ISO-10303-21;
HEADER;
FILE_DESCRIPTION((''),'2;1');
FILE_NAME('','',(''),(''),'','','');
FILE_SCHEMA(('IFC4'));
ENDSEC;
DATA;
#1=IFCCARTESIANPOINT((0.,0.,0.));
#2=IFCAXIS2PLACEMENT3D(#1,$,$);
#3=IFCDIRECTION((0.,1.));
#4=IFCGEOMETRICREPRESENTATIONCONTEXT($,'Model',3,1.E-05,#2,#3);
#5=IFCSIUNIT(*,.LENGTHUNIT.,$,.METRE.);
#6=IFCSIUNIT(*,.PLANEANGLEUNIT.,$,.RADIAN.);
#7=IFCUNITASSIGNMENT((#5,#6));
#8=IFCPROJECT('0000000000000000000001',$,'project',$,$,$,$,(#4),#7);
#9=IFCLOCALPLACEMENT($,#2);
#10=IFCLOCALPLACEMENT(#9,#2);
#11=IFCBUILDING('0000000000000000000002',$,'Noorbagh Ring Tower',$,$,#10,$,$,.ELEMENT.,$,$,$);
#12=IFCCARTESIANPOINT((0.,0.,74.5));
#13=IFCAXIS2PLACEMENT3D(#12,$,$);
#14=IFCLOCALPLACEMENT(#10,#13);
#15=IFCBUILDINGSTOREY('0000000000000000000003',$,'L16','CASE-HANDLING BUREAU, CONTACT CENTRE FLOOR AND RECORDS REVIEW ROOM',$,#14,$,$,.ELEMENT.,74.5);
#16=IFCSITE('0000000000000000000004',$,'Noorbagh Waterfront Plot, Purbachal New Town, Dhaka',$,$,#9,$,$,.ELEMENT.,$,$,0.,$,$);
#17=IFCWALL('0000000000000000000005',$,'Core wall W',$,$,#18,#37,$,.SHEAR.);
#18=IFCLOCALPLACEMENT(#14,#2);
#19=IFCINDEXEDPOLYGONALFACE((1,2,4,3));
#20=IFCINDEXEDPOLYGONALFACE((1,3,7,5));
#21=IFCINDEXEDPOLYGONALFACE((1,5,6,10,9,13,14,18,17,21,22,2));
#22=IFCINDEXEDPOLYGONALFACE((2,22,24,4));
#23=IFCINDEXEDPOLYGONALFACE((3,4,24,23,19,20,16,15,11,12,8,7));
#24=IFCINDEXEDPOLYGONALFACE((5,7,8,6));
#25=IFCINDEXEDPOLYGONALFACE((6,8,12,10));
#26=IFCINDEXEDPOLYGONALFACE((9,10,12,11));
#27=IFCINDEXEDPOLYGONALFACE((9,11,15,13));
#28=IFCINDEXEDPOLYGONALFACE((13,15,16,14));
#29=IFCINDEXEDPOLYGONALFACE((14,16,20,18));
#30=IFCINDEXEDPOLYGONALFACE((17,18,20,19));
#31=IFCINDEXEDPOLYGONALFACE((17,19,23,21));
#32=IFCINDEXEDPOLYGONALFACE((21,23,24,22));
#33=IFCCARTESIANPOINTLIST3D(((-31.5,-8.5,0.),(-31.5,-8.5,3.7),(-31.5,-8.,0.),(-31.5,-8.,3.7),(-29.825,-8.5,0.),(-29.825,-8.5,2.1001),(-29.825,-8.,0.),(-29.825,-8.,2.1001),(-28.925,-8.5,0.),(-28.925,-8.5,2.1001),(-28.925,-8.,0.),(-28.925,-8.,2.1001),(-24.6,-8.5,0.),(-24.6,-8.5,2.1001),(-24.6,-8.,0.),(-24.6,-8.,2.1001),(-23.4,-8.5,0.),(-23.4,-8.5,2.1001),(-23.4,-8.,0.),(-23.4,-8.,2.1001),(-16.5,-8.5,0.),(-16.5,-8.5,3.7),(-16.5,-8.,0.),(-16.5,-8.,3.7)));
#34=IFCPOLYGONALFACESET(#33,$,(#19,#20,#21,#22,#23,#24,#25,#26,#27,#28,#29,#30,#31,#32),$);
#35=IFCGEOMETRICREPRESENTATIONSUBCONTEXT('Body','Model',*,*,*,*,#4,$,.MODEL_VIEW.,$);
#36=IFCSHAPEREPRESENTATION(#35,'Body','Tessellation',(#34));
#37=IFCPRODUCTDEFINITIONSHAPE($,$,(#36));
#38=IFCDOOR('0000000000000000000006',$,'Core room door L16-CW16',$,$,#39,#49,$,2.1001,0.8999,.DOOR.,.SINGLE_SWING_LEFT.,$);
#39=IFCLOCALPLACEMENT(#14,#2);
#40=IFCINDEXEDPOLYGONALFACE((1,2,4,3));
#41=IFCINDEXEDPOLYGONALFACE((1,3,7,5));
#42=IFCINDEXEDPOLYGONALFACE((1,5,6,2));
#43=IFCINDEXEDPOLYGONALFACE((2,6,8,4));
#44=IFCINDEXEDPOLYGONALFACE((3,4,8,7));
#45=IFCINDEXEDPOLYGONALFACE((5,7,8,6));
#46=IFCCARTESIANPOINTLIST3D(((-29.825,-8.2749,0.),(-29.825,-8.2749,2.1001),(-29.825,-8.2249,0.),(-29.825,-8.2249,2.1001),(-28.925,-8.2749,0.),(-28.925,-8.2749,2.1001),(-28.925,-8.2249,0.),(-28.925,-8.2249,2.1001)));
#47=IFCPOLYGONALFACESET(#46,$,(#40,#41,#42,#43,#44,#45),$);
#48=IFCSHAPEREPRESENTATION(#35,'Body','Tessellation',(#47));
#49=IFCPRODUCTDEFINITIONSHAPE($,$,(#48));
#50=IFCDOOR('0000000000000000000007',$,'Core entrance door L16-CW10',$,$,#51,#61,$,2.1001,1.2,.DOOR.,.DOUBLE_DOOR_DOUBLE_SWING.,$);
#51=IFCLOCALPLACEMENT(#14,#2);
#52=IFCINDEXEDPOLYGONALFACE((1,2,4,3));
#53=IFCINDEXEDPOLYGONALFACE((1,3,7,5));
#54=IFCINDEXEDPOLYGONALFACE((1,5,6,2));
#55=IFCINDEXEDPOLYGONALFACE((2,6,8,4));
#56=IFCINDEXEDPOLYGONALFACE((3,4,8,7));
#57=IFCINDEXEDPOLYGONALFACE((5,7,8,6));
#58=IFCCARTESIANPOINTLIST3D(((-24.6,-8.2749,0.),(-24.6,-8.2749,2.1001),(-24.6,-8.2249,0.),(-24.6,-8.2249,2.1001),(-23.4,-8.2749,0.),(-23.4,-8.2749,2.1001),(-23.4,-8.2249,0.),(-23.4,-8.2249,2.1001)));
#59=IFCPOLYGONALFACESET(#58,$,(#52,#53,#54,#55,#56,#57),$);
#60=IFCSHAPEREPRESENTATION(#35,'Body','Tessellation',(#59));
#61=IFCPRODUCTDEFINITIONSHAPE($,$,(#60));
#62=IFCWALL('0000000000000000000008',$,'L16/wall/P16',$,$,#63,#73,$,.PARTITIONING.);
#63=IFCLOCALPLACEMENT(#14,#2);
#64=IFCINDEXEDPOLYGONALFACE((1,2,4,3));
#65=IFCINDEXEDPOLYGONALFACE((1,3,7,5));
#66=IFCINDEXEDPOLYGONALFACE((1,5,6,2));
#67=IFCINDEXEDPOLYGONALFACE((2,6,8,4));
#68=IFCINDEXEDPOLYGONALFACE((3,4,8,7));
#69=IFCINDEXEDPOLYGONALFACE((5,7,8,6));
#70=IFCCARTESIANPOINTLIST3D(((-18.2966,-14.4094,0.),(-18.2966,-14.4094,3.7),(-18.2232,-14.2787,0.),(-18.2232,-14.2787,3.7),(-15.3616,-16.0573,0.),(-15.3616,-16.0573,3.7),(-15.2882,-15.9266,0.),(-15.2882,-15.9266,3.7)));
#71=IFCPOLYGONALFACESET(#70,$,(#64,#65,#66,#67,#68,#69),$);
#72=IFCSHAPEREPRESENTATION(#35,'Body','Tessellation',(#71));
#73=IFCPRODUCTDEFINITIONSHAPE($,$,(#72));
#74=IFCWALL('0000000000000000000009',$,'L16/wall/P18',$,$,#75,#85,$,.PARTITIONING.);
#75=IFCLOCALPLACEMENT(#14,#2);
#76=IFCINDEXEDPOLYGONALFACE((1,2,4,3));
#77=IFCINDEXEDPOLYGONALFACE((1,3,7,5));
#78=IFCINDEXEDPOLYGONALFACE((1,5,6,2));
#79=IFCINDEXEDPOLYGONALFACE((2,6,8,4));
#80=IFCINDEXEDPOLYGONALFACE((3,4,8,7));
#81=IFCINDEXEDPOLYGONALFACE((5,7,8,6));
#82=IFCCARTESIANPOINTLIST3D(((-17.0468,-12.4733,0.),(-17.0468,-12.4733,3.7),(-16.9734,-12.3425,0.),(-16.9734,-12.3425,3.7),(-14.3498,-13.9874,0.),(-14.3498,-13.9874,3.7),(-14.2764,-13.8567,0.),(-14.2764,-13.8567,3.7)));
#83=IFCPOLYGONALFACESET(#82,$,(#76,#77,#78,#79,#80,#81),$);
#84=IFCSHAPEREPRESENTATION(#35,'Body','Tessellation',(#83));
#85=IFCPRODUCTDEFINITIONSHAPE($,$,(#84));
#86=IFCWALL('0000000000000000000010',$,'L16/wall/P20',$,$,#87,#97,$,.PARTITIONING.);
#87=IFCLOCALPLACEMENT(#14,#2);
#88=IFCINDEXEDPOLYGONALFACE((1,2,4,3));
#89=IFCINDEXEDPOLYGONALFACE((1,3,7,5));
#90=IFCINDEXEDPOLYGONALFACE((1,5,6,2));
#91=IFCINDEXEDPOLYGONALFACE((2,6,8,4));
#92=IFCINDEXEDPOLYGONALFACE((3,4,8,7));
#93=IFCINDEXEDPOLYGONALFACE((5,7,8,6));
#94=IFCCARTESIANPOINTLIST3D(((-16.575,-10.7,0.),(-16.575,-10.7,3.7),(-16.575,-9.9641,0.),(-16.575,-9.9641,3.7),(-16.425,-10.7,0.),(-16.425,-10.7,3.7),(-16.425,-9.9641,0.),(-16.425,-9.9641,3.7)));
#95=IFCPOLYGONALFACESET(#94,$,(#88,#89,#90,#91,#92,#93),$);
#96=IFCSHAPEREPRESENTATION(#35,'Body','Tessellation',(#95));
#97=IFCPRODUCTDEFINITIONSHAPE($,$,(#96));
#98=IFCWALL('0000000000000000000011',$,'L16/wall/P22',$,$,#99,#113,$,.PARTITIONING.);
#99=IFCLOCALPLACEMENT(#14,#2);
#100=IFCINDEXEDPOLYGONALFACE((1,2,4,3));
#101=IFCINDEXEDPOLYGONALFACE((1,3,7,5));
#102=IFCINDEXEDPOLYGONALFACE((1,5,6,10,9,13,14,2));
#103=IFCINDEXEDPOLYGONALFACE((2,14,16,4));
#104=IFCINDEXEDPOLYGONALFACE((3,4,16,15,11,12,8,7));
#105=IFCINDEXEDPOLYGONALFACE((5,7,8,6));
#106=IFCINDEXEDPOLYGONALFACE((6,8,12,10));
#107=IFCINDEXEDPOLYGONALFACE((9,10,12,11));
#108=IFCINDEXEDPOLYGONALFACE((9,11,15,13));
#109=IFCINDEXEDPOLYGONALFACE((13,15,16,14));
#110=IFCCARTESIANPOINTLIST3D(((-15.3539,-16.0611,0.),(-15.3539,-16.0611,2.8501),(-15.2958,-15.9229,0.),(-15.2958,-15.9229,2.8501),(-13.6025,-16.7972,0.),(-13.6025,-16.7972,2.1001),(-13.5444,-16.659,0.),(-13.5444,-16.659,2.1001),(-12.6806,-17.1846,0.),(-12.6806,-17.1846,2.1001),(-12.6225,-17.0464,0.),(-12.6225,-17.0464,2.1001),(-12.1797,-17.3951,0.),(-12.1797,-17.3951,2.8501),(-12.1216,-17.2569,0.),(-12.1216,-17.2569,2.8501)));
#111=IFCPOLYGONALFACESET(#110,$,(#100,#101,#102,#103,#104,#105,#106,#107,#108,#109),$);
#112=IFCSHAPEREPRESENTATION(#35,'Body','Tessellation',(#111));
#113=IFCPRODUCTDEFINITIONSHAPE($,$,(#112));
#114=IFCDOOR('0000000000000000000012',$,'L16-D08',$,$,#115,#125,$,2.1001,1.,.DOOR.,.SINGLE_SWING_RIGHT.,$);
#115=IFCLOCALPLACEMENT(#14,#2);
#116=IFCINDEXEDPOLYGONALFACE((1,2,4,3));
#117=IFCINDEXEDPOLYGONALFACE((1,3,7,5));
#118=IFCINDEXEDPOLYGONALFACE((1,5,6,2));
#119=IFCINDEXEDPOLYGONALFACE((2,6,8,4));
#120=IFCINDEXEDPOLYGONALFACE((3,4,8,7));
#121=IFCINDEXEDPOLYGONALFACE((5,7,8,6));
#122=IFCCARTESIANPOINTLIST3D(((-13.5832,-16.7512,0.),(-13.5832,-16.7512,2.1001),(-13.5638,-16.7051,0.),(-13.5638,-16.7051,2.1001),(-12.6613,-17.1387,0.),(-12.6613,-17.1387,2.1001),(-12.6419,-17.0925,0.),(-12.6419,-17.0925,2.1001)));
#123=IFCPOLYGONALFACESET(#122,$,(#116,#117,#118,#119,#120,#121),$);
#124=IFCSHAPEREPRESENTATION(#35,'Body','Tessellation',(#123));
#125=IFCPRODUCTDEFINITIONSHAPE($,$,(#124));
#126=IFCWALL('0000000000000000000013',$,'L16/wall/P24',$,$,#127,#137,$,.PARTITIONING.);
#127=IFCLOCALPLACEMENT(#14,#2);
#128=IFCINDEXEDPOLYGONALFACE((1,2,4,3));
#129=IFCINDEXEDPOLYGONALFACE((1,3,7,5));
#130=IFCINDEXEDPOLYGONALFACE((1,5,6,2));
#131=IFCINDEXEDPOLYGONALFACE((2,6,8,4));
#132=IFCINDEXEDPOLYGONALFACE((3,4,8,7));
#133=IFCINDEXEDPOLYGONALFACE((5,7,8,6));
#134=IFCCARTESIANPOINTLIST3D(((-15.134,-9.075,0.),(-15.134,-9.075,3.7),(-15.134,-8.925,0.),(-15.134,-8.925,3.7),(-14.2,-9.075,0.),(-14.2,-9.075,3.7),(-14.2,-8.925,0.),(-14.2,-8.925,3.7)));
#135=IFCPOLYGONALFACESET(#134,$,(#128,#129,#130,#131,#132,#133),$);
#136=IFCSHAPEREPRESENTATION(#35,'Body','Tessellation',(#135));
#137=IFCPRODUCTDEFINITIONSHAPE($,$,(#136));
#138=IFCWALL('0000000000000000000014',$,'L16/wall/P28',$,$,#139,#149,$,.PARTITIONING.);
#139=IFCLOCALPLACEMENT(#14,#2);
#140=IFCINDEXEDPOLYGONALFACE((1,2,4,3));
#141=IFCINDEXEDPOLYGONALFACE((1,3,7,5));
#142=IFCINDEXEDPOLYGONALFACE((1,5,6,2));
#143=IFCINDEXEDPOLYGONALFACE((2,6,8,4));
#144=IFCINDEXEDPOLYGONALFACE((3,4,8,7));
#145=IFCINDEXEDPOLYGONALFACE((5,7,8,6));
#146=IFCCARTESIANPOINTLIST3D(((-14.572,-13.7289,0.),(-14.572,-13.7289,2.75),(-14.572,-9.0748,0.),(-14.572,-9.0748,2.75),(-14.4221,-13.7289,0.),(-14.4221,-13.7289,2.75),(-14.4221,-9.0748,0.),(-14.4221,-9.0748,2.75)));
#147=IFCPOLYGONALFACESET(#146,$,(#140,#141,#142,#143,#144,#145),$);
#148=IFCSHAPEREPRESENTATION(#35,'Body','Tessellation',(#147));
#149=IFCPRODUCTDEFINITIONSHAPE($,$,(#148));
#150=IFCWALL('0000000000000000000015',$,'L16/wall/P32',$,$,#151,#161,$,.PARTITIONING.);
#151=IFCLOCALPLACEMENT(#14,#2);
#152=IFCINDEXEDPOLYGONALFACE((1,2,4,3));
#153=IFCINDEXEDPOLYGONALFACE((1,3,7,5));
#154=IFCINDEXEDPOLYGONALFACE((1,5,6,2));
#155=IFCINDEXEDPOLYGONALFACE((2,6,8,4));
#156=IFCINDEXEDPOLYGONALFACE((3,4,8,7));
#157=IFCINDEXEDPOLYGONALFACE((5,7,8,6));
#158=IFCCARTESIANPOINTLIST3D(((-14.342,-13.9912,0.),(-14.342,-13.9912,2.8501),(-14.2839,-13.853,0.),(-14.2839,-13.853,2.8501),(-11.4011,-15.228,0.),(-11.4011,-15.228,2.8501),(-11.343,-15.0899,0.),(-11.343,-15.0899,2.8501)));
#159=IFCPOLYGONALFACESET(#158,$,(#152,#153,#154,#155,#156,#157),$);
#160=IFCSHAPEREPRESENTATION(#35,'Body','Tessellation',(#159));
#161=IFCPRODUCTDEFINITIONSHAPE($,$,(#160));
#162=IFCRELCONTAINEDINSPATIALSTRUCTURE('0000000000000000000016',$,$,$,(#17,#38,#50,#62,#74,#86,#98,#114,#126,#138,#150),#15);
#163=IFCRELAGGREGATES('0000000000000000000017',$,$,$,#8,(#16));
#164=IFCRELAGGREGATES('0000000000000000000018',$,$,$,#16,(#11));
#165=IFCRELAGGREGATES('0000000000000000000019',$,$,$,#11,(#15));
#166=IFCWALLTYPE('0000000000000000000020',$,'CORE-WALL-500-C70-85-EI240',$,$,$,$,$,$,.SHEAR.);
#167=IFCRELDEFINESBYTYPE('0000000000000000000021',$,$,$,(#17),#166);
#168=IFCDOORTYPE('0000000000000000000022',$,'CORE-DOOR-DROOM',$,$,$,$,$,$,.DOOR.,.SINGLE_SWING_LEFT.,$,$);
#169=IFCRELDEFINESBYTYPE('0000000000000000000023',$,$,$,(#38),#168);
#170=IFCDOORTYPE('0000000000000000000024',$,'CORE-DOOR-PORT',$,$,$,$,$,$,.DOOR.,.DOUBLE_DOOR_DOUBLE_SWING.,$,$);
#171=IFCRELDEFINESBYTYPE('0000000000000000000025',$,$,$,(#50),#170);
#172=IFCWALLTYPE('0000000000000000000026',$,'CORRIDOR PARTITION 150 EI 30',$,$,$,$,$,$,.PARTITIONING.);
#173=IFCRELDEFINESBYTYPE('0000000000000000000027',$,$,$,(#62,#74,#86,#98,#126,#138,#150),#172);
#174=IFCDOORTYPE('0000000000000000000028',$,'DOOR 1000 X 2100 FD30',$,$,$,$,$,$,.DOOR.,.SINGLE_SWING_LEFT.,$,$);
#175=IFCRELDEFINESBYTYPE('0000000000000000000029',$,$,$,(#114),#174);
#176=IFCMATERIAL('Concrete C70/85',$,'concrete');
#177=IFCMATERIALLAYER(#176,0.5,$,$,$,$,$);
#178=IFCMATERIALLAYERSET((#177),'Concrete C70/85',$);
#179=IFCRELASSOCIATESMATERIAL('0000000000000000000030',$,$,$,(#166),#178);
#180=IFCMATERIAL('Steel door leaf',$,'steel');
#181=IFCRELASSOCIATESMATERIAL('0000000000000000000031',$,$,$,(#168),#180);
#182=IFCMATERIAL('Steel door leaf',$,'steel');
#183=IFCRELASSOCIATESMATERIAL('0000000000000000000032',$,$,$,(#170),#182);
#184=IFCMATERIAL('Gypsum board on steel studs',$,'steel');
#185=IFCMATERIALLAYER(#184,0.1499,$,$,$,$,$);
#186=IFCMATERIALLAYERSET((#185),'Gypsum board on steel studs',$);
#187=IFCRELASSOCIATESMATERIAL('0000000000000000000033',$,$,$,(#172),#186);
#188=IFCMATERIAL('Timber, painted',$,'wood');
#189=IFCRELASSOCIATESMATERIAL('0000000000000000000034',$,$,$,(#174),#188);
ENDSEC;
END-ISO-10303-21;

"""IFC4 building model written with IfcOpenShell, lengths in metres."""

from ifc_helpers import new_model, si_unit, direction, frame, frame_2d, origin, place, context, subcontext, project, spatial, rectangle, extrude, material, layer, layer_set, type_object, element, fill, save


model = new_model("IFC4")

# Units and contexts
model_context = context("Model", 3, precision=1e-05, world=origin(), true_north=direction((0.0, 1.0)))
body_context = subcontext(model_context, "Body", "Model", "MODEL_VIEW")
ifc_project = project(units=[si_unit("LENGTHUNIT", "METRE"), si_unit("PLANEANGLEUNIT", "RADIAN")], contexts=[model_context])

# Site, building, storey
site_placement = place(None, origin())
site = spatial("IfcSite", under=ifc_project, at=site_placement, Name="Noorbagh Waterfront Plot, Purbachal New Town, Dhaka", CompositionType="ELEMENT", RefElevation=0.0)
building_placement = place(site_placement, origin())
building = spatial("IfcBuilding", under=site, at=building_placement, Name="Noorbagh Ring Tower", CompositionType="ELEMENT")
storey_placement = place(building_placement, frame((0.0, 0.0, 74.5)))
storey = spatial("IfcBuildingStorey", under=building, at=storey_placement, Name="L16", Description="CASE-HANDLING BUREAU, CONTACT CENTRE FLOOR AND RECORDS REVIEW ROOM", CompositionType="ELEMENT", Elevation=74.5)

# Wall, openings, doors
ifc_material_1 = material(Name="Concrete C70/85", Category="concrete")
ifc_layer_1 = layer(ifc_material_1, 0.5)
ifc_layer_set_1 = layer_set([ifc_layer_1], Name="Concrete C70/85")
wall_type_1 = type_object("IfcWallType", Name="CORE-WALL-500-C70-85-EI240", PredefinedType="SHEAR", material=ifc_layer_set_1)
wall_1_placement = place(storey_placement, frame((-16.5, -8.25, 0.0), z_axis=(0.0, 0.0, 1.0), x_axis=(-1.0, 0.0, 0.0)))
wall_1 = element("IfcWall", 1, at=wall_1_placement, inside=storey, type_object=wall_type_1, Name="Core wall W", PredefinedType="SHEAR", context=body_context, shape_type="SweptSolid", body=[
    extrude(rectangle(XDim=15.0, YDim=0.5, at=frame_2d((7.5, 0.0))), origin(), (0.0, 0.0, 1.0), 3.7),
])
opening_1_placement = place(wall_1_placement, frame((6.8999, 0.0, 0.0)))
opening_1 = element("IfcOpeningElement", 2, at=opening_1_placement, cuts=wall_1, PredefinedType="OPENING", context=body_context, shape_type="SweptSolid", body=[
    extrude(rectangle(XDim=1.2, YDim=2.1001, at=frame_2d((0.6001, 1.05))), frame((0.0, 0.26, 0.0), z_axis=(0.0, -1.0, 0.0), x_axis=(1.0, 0.0, 0.0)), (0.0, 0.0, 1.0), 0.52),
])
opening_2_placement = place(wall_1_placement, frame((12.425, 0.0, 0.0)))
opening_2 = element("IfcOpeningElement", 3, at=opening_2_placement, cuts=wall_1, PredefinedType="OPENING", context=body_context, shape_type="SweptSolid", body=[
    extrude(rectangle(XDim=0.8999, YDim=2.1001, at=frame_2d((0.45, 1.05))), frame((0.0, 0.26, 0.0), z_axis=(0.0, -1.0, 0.0), x_axis=(1.0, 0.0, 0.0)), (0.0, 0.0, 1.0), 0.52),
])
ifc_material_2 = material(Name="Steel door leaf", Category="steel")
door_type_1 = type_object("IfcDoorType", Name="CORE-DOOR-DROOM", OperationType="SINGLE_SWING_LEFT", PredefinedType="DOOR", material=ifc_material_2)
door_1_placement = place(opening_2_placement, origin())
door_1 = element("IfcDoor", 4, at=door_1_placement, inside=storey, type_object=door_type_1, Name="Core room door L16-CW16", OperationType="SINGLE_SWING_LEFT", OverallHeight=2.1001, OverallWidth=0.8999, PredefinedType="DOOR", context=body_context, shape_type="SweptSolid", body=[
    extrude(rectangle(XDim=0.8999, YDim=2.1001, at=frame_2d((0.45, 1.05))), frame((0.0, 0.0249, 0.0), z_axis=(0.0, -1.0, 0.0), x_axis=(1.0, 0.0, 0.0)), (0.0, 0.0, 1.0), 0.05),
])
fill(opening_2, door_1)
ifc_material_3 = material(Name="Steel door leaf", Category="steel")
door_type_2 = type_object("IfcDoorType", Name="CORE-DOOR-PORT", OperationType="DOUBLE_DOOR_DOUBLE_SWING", PredefinedType="DOOR", material=ifc_material_3)
door_2_placement = place(opening_1_placement, origin())
door_2 = element("IfcDoor", 5, at=door_2_placement, inside=storey, type_object=door_type_2, Name="Core entrance door L16-CW10", OperationType="DOUBLE_DOOR_DOUBLE_SWING", OverallHeight=2.1001, OverallWidth=1.2, PredefinedType="DOOR", context=body_context, shape_type="SweptSolid", body=[
    extrude(rectangle(XDim=1.2, YDim=2.1001, at=frame_2d((0.6001, 1.05))), frame((0.0, 0.0249, 0.0), z_axis=(0.0, -1.0, 0.0), x_axis=(1.0, 0.0, 0.0)), (0.0, 0.0, 1.0), 0.05),
])
fill(opening_1, door_2)

# Walls
ifc_material_4 = material(Name="Gypsum board on steel studs", Category="steel")
ifc_layer_2 = layer(ifc_material_4, 0.1499)
ifc_layer_set_2 = layer_set([ifc_layer_2], Name="Gypsum board on steel studs")
wall_type_2 = type_object("IfcWallType", Name="CORRIDOR PARTITION 150 EI 30", PredefinedType="PARTITIONING", material=ifc_layer_set_2)
wall_2_placement = place(storey_placement, frame((-18.26, -14.344, 0.0), z_axis=(0.0, 0.0, 1.0), x_axis=(0.871959, -0.489579, 0.0)))
element("IfcWall", 6, at=wall_2_placement, inside=storey, type_object=wall_type_2, Name="L16/wall/P16", PredefinedType="PARTITIONING", context=body_context, shape_type="SweptSolid", body=[
    extrude(rectangle(XDim=3.366, YDim=0.1499, at=frame_2d((1.6831, 0.0))), origin(), (0.0, 0.0, 1.0), 3.7),
])
wall_3_placement = place(storey_placement, frame((-17.01, -12.408, 0.0), z_axis=(0.0, 0.0, 1.0), x_axis=(0.871978, -0.489545, 0.0)))
element("IfcWall", 7, at=wall_3_placement, inside=storey, type_object=wall_type_2, Name="L16/wall/P18", PredefinedType="PARTITIONING", context=body_context, shape_type="SweptSolid", body=[
    extrude(rectangle(XDim=3.093, YDim=0.1499, at=frame_2d((1.5464, 0.0))), origin(), (0.0, 0.0, 1.0), 3.7),
])
wall_4_placement = place(storey_placement, frame((-16.5, -10.7, 0.0), z_axis=(0.0, 0.0, 1.0), x_axis=(0.0, 1.0, 0.0)))
element("IfcWall", 8, at=wall_4_placement, inside=storey, type_object=wall_type_2, Name="L16/wall/P20", PredefinedType="PARTITIONING", context=body_context, shape_type="SweptSolid", body=[
    extrude(rectangle(XDim=0.7358, YDim=0.1499, at=frame_2d((0.3679, 0.0))), origin(), (0.0, 0.0, 1.0), 3.7),
])

# Wall, opening, door
wall_5_placement = place(storey_placement, frame((-15.325, -15.9919, 0.0), z_axis=(0.0, 0.0, 1.0), x_axis=(0.921891, -0.387448, 0.0)))
wall_5 = element("IfcWall", 9, at=wall_5_placement, inside=storey, type_object=wall_type_2, Name="L16/wall/P22", PredefinedType="PARTITIONING", context=body_context, shape_type="SweptSolid", body=[
    extrude(rectangle(XDim=3.4431, YDim=0.1499, at=frame_2d((1.7217, 0.0))), origin(), (0.0, 0.0, 1.0), 2.8501),
])
opening_3_placement = place(wall_5_placement, frame((1.8999, 0.0, 0.0)))
opening_3 = element("IfcOpeningElement", 10, at=opening_3_placement, cuts=wall_5, PredefinedType="OPENING", context=body_context, shape_type="SweptSolid", body=[
    extrude(rectangle(XDim=1.0, YDim=2.1001, at=frame_2d((0.5, 1.05))), frame((0.0, 0.085, 0.0), z_axis=(0.0, -1.0, 0.0), x_axis=(1.0, 0.0, 0.0)), (0.0, 0.0, 1.0), 0.1699),
])
ifc_material_5 = material(Name="Timber, painted", Category="wood")
door_type_3 = type_object("IfcDoorType", Name="DOOR 1000 X 2100 FD30", OperationType="SINGLE_SWING_LEFT", PredefinedType="DOOR", material=ifc_material_5)
door_3_placement = place(opening_3_placement, origin())
door_3 = element("IfcDoor", 11, at=door_3_placement, inside=storey, type_object=door_type_3, Name="L16-D08", OperationType="SINGLE_SWING_RIGHT", OverallHeight=2.1001, OverallWidth=1.0, PredefinedType="DOOR", context=body_context, shape_type="SweptSolid", body=[
    extrude(rectangle(XDim=1.0, YDim=2.1001, at=frame_2d((0.5, 1.05))), frame((0.0, 0.0249, 0.0), z_axis=(0.0, -1.0, 0.0), x_axis=(1.0, 0.0, 0.0)), (0.0, 0.0, 1.0), 0.05),
])
fill(opening_3, door_3)

# Walls
wall_6_placement = place(storey_placement, frame((-15.134, -9.0, 0.0), z_axis=(0.0, 0.0, 1.0), x_axis=(1.0, 0.0, 0.0)))
element("IfcWall", 12, at=wall_6_placement, inside=storey, type_object=wall_type_2, Name="L16/wall/P24", PredefinedType="PARTITIONING", context=body_context, shape_type="SweptSolid", body=[
    extrude(rectangle(XDim=0.9341, YDim=0.1499, at=frame_2d((0.467, 0.0))), origin(), (0.0, 0.0, 1.0), 3.7),
])
wall_7_placement = place(storey_placement, frame((-14.4971, -13.729, 0.0), z_axis=(0.0, 0.0, 1.0), x_axis=(0.0, 1.0, 0.0)))
element("IfcWall", 13, at=wall_7_placement, inside=storey, type_object=wall_type_2, Name="L16/wall/P28", PredefinedType="PARTITIONING", context=body_context, shape_type="SweptSolid", body=[
    extrude(rectangle(XDim=4.6541, YDim=0.1499, at=frame_2d((2.3271, 0.0))), origin(), (0.0, 0.0, 1.0), 2.75),
])
wall_8_placement = place(storey_placement, frame((-14.313, -13.9221, 0.0), z_axis=(0.0, 0.0, 1.0), x_axis=(0.9218, -0.387667, 0.0)))
element("IfcWall", 14, at=wall_8_placement, inside=storey, type_object=wall_type_2, Name="L16/wall/P32", PredefinedType="PARTITIONING", context=body_context, shape_type="SweptSolid", body=[
    extrude(rectangle(XDim=3.1904, YDim=0.1499, at=frame_2d((1.5952, 0.0))), origin(), (0.0, 0.0, 1.0), 2.8501),
])

save(model, "model.ifc")
